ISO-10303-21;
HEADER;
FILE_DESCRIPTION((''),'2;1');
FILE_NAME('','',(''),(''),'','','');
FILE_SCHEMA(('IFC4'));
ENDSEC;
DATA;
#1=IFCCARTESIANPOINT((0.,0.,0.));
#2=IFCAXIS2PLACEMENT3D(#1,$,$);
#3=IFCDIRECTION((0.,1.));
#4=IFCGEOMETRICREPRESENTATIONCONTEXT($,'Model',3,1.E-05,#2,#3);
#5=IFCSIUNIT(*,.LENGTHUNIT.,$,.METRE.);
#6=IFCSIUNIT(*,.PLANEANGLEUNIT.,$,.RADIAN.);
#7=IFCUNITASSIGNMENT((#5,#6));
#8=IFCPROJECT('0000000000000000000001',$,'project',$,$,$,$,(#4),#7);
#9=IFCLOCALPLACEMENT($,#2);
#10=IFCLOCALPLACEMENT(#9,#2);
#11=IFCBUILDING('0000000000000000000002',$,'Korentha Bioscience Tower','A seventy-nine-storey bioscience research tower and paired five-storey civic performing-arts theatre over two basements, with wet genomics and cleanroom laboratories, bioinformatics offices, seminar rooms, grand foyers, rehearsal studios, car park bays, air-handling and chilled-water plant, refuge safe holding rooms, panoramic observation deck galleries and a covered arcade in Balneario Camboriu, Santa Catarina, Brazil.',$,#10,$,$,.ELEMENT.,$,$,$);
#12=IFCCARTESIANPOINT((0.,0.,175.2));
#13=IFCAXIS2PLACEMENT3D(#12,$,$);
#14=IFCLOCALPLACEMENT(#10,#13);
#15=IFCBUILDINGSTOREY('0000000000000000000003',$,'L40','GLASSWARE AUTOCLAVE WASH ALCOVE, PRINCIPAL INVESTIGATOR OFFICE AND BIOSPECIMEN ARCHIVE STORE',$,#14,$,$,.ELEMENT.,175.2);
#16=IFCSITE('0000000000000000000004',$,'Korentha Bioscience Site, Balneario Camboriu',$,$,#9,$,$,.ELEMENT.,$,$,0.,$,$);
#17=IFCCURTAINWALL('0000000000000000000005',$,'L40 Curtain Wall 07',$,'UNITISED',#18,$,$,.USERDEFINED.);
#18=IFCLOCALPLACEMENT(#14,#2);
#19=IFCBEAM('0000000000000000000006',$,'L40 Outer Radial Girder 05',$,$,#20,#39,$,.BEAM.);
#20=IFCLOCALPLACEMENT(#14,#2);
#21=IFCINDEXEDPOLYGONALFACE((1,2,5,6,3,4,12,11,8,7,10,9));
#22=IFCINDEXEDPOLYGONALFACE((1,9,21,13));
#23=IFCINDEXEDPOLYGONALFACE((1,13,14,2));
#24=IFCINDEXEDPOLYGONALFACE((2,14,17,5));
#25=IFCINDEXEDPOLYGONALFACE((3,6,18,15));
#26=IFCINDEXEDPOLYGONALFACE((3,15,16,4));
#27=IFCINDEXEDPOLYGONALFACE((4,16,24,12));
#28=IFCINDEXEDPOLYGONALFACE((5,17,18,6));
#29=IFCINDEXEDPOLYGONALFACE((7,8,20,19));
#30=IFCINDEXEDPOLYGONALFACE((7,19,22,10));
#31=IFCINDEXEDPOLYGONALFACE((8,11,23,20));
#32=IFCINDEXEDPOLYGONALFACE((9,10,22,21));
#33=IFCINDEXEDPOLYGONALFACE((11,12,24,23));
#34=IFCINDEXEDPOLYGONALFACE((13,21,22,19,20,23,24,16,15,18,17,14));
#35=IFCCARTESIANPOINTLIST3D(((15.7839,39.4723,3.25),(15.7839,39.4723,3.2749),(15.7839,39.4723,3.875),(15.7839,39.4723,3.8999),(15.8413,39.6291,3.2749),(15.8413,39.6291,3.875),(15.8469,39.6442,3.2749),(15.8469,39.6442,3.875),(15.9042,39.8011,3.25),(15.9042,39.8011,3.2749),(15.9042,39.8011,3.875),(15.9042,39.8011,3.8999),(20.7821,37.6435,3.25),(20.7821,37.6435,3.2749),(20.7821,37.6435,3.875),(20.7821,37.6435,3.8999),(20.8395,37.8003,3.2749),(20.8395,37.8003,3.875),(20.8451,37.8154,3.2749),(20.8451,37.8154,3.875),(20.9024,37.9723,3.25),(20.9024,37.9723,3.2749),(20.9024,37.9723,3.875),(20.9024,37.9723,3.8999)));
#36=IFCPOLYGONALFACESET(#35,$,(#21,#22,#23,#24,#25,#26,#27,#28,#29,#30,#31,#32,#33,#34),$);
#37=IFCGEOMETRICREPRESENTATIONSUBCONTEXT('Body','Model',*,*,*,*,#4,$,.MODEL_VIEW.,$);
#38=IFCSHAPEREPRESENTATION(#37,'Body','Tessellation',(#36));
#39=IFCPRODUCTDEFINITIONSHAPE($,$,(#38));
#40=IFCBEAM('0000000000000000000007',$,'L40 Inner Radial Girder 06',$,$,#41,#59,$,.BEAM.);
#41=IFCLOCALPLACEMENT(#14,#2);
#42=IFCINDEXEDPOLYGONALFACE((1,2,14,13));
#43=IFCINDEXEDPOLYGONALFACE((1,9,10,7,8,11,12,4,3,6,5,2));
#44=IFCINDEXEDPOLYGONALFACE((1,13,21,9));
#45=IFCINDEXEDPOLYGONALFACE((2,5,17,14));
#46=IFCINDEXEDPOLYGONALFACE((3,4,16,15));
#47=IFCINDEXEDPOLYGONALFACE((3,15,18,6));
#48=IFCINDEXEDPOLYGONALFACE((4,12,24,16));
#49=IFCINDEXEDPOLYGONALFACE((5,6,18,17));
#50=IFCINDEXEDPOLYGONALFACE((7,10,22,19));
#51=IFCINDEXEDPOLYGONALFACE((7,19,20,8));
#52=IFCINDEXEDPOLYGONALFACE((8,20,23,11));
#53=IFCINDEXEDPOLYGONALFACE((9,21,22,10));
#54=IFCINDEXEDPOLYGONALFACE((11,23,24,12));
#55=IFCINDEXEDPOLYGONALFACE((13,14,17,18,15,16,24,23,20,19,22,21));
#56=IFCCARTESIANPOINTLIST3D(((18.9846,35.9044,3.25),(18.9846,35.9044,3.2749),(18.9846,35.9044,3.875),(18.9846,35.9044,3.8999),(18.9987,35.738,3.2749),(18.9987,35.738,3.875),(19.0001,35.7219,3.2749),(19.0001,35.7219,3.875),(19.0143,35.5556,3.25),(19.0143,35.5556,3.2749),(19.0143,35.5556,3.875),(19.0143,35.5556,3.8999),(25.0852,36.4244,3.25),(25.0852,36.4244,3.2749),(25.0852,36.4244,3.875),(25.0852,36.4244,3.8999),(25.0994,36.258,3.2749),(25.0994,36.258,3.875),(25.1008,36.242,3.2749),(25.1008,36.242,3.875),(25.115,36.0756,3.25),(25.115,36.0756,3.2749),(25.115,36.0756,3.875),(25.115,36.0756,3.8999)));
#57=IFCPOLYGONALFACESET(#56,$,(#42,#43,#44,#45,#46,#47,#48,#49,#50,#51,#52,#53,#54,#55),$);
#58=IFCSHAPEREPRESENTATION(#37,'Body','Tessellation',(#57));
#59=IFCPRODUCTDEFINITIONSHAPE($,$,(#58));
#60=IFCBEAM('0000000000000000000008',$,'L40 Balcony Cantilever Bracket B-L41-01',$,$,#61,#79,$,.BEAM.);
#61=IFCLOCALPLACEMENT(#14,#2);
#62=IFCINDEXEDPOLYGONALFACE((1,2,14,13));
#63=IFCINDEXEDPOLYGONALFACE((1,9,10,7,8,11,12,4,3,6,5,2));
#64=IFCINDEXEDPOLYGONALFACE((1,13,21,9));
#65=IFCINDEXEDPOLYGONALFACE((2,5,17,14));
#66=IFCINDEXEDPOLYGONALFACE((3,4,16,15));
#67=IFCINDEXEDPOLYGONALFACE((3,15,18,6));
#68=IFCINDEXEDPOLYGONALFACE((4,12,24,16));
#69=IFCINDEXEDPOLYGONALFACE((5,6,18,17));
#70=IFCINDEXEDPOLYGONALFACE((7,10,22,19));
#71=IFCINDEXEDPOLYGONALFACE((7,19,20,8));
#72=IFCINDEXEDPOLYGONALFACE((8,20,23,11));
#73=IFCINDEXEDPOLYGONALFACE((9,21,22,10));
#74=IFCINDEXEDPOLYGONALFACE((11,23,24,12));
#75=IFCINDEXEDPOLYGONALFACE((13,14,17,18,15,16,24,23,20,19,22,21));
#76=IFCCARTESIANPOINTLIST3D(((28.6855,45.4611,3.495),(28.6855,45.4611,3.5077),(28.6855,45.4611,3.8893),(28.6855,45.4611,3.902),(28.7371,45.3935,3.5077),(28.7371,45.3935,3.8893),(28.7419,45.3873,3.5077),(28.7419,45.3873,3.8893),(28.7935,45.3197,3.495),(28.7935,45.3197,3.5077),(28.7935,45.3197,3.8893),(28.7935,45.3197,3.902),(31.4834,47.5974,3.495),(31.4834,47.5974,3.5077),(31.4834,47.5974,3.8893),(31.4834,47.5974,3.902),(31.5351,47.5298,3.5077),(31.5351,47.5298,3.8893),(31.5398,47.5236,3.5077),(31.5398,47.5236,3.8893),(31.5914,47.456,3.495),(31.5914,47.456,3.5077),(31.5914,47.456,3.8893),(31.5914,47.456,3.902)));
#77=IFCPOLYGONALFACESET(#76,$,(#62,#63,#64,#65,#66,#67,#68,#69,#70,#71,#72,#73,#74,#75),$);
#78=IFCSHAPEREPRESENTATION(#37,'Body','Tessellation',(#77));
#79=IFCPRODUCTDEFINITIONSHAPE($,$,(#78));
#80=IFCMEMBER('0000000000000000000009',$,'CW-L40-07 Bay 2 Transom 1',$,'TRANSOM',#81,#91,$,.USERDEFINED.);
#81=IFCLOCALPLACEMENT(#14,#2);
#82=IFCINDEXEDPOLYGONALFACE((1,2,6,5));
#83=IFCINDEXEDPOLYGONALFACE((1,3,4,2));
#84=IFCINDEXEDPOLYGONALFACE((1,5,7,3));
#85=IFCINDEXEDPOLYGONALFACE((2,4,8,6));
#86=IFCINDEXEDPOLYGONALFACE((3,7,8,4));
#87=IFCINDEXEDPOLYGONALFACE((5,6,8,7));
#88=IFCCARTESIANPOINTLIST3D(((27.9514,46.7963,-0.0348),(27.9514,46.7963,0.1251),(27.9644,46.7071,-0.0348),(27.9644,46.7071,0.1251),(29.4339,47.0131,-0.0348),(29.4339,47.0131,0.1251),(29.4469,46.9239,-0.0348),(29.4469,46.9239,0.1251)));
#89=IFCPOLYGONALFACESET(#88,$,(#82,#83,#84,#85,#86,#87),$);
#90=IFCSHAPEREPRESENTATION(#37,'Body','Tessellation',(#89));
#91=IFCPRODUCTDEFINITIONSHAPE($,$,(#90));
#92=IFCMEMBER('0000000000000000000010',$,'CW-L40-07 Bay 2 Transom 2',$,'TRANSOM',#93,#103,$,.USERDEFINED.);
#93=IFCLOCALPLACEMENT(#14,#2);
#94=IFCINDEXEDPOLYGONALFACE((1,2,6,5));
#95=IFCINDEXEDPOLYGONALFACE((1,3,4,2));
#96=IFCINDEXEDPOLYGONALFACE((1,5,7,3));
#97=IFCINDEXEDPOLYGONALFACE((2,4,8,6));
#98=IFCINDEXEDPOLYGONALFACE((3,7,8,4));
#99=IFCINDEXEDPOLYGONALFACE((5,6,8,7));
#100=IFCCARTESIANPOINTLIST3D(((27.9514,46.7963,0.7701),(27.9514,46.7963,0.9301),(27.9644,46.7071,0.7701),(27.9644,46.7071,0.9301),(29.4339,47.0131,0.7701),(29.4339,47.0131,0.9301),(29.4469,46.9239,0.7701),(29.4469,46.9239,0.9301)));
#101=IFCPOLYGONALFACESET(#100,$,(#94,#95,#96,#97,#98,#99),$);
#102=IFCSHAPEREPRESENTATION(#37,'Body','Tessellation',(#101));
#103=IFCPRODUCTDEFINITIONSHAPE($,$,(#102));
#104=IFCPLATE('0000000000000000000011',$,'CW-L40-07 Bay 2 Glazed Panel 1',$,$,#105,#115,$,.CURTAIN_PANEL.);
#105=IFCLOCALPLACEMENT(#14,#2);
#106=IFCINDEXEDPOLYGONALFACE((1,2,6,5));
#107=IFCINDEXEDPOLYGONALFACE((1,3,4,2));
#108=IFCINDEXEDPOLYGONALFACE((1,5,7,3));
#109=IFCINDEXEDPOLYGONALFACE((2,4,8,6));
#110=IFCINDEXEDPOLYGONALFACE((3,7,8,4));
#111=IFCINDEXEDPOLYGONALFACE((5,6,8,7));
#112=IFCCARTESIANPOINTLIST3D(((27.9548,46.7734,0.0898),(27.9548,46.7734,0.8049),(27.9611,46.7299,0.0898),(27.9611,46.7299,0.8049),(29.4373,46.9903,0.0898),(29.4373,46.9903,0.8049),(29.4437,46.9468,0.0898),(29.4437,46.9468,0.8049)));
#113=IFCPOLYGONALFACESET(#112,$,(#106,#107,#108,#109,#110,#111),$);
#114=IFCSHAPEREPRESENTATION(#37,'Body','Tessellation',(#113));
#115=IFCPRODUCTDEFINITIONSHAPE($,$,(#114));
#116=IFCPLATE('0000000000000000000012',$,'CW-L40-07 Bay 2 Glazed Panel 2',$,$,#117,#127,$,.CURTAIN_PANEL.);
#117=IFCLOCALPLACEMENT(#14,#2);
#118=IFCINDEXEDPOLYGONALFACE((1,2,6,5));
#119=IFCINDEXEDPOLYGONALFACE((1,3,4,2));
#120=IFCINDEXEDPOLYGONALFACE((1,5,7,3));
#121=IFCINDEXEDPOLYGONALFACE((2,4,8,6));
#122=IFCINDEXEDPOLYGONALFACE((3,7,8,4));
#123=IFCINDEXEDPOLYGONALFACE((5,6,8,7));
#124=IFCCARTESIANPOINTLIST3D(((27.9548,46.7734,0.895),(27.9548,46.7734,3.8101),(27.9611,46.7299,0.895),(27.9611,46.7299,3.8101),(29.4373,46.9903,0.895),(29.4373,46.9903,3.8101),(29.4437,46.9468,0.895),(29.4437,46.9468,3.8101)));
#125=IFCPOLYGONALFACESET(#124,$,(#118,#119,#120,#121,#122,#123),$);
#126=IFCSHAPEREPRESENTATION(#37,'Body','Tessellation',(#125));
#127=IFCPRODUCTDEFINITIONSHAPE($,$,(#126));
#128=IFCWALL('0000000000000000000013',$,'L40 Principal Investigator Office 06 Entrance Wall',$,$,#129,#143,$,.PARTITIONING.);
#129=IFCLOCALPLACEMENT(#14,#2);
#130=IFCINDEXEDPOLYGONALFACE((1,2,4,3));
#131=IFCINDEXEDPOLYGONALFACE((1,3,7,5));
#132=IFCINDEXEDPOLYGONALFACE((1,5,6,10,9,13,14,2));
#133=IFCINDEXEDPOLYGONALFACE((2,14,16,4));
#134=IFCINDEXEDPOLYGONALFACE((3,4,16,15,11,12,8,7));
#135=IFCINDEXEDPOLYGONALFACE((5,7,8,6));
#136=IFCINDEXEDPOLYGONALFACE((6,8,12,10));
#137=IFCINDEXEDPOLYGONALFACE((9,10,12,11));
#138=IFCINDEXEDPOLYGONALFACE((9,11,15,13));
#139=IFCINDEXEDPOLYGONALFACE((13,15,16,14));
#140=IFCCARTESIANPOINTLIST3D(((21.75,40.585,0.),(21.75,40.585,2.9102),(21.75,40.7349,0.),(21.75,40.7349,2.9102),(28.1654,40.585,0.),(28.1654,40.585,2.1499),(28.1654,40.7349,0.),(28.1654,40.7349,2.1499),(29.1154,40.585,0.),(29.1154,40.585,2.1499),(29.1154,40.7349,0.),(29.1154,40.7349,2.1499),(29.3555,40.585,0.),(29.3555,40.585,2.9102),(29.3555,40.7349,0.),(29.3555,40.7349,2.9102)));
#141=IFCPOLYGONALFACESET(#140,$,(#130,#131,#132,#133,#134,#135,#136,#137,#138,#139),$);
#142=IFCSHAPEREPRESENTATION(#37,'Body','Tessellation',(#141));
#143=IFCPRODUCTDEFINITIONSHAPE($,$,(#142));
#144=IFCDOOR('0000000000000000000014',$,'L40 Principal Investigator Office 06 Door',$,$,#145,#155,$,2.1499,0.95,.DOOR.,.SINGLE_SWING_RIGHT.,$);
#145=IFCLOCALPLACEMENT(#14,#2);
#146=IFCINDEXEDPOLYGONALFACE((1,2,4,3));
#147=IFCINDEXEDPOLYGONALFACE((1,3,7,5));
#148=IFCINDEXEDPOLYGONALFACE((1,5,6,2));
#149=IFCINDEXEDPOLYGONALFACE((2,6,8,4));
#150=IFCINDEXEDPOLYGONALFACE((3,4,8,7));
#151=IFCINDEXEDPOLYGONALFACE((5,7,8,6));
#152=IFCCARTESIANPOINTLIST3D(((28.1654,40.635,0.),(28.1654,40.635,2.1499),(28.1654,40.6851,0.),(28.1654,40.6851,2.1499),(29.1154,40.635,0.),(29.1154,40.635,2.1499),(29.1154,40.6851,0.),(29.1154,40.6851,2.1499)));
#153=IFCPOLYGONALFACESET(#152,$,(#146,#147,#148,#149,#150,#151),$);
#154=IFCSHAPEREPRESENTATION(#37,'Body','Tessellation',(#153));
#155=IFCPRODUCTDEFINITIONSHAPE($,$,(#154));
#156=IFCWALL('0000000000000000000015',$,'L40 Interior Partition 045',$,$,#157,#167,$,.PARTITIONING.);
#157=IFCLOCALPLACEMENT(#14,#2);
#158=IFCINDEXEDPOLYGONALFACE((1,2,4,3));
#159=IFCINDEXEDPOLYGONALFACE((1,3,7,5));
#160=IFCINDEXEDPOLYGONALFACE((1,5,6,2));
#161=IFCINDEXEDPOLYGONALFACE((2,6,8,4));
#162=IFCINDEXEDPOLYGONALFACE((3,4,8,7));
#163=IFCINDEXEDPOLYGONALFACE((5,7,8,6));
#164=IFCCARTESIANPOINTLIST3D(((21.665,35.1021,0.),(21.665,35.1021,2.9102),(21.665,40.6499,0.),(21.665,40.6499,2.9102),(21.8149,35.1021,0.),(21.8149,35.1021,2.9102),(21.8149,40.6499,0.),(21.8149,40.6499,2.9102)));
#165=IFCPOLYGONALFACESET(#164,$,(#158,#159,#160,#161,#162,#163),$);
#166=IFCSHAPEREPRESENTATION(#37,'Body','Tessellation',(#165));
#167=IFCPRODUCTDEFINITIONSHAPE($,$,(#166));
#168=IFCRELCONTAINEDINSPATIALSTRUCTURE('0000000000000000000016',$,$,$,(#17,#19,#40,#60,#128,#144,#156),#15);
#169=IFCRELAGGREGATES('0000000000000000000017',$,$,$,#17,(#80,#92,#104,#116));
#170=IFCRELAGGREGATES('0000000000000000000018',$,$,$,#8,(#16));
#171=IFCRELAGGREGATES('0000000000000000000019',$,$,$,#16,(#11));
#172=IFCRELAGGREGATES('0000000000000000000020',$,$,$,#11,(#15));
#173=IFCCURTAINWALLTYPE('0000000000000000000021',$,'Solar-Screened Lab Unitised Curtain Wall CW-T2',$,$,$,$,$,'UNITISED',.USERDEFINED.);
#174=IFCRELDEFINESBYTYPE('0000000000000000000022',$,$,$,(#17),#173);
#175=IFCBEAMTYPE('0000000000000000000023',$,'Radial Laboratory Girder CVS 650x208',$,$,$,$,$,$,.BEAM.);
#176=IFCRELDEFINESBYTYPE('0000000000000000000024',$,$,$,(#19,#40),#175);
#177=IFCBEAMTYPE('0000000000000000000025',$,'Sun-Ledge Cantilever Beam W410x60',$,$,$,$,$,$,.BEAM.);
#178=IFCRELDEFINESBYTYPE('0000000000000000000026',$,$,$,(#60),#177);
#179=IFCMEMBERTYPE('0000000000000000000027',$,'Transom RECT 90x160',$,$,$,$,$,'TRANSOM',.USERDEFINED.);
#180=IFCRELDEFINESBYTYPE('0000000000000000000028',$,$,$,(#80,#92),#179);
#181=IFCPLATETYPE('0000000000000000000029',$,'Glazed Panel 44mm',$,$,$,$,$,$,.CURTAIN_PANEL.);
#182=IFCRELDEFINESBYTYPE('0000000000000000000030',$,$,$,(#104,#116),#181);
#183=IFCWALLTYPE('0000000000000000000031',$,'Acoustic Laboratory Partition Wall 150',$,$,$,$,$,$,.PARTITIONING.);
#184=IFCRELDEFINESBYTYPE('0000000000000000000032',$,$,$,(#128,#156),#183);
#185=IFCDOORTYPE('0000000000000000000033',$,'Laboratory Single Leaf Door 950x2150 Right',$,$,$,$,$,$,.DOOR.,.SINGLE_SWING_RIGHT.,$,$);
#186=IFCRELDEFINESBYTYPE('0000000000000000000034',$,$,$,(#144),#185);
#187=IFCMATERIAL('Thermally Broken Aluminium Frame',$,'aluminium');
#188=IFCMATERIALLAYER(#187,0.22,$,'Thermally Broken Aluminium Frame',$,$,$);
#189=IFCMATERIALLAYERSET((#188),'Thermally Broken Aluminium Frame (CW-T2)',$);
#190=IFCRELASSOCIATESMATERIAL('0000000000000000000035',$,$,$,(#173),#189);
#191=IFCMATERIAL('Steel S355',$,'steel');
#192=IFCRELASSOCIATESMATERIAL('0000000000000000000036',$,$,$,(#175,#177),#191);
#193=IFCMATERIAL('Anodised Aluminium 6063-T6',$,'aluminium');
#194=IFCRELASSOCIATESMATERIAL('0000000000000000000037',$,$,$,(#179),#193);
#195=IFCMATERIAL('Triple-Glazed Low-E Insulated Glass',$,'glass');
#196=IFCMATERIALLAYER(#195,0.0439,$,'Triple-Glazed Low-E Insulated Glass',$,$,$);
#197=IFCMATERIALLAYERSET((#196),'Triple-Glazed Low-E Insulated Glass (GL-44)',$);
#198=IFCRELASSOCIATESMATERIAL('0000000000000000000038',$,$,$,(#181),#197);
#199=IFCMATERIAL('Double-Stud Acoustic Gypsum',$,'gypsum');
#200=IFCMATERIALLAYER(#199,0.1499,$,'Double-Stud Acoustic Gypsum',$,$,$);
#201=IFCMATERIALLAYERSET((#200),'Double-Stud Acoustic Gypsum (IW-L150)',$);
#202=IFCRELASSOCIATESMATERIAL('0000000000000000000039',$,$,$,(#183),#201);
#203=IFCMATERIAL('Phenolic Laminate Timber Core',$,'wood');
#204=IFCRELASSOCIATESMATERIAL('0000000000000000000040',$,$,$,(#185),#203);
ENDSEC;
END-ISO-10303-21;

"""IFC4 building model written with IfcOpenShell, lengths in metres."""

from ifc_helpers import new_model, si_unit, direction, frame, frame_2d, origin, origin_2d, place, context, subcontext, project, spatial, rectangle, i_section, extrude, material, layer, layer_set, material_profile, profile_set, type_object, element, fill, aggregate, save


model = new_model("IFC4")

# Units and contexts
model_context = context("Model", 3, precision=1e-05, world=origin(), true_north=direction((0.0, 1.0)))
body_context = subcontext(model_context, "Body", "Model", "MODEL_VIEW")
ifc_project = project(units=[si_unit("LENGTHUNIT", "METRE"), si_unit("PLANEANGLEUNIT", "RADIAN")], contexts=[model_context])

# Site, building, storey
site_placement = place(None, origin())
site = spatial("IfcSite", under=ifc_project, at=site_placement, Name="Korentha Bioscience Site, Balneario Camboriu", CompositionType="ELEMENT", RefElevation=0.0)
building_placement = place(site_placement, origin())
building = spatial("IfcBuilding", under=site, at=building_placement, Name="Korentha Bioscience Tower", Description="A seventy-nine-storey bioscience research tower and paired five-storey civic performing-arts theatre over two basements, with wet genomics and cleanroom laboratories, bioinformatics offices, seminar rooms, grand foyers, rehearsal studios, car park bays, air-handling and chilled-water plant, refuge safe holding rooms, panoramic observation deck galleries and a covered arcade in Balneario Camboriu, Santa Catarina, Brazil.", CompositionType="ELEMENT")
storey_placement = place(building_placement, frame((0.0, 0.0, 175.2)))
storey = spatial("IfcBuildingStorey", under=building, at=storey_placement, Name="L40", Description="GLASSWARE AUTOCLAVE WASH ALCOVE, PRINCIPAL INVESTIGATOR OFFICE AND BIOSPECIMEN ARCHIVE STORE", CompositionType="ELEMENT", Elevation=175.2)

# Shared definitions
ifc_material_1 = material(Name="Steel S355", Category="steel")

# Curtain wall
ifc_material_2 = material(Name="Thermally Broken Aluminium Frame", Category="aluminium")
ifc_layer_1 = layer(ifc_material_2, 0.22, Name="Thermally Broken Aluminium Frame")
ifc_layer_set_1 = layer_set([ifc_layer_1], Name="Thermally Broken Aluminium Frame (CW-T2)")
curtain_wall_type = type_object("IfcCurtainWallType", Name="Solar-Screened Lab Unitised Curtain Wall CW-T2", ElementType="UNITISED", PredefinedType="USERDEFINED", material=ifc_layer_set_1)
curtain_wall_placement = place(storey_placement, origin())
curtain_wall = element("IfcCurtainWall", 1, at=curtain_wall_placement, inside=storey, type_object=curtain_wall_type, Name="L40 Curtain Wall 07", ObjectType="UNITISED", PredefinedType="USERDEFINED")
ifc_material_3 = material(Name="Anodised Aluminium 6063-T6", Category="aluminium")

# Beams
ifc_material_profile_1 = material_profile(ifc_material_1, i_section(OverallWidth=0.3501, OverallDepth=0.6499, WebThickness=0.0161, FlangeThickness=0.0249, at=origin_2d()), Name="Steel S355")
ifc_profile_set_1 = profile_set([ifc_material_profile_1], Name="Steel S355 (RB-650)")
beam_type_1 = type_object("IfcBeamType", Name="Radial Laboratory Girder CVS 650x208", PredefinedType="BEAM", material=ifc_profile_set_1)
beam_1_placement = place(storey_placement, frame((20.8423, 37.8079, 3.575), z_axis=(-0.93911, 0.343617, 0.0), x_axis=(-0.343617, -0.93911, 0.0)))
element("IfcBeam", 2, at=beam_1_placement, inside=storey, type_object=beam_type_1, Name="L40 Outer Radial Girder 05", PredefinedType="BEAM", context=body_context, shape_type="SweptSolid", body=[
    extrude(i_section(OverallWidth=0.3501, OverallDepth=0.6499, WebThickness=0.0161, FlangeThickness=0.0249, at=origin_2d()), origin(), (0.0, 0.0, 1.0), 5.3223),
])
beam_2_placement = place(storey_placement, frame((25.1001, 36.25, 3.575), z_axis=(-0.996387, -0.084933, 0.0), x_axis=(0.084933, -0.996387, 0.0)))
element("IfcBeam", 3, at=beam_2_placement, inside=storey, type_object=beam_type_1, Name="L40 Inner Radial Girder 06", PredefinedType="BEAM", context=body_context, shape_type="SweptSolid", body=[
    extrude(i_section(OverallWidth=0.3501, OverallDepth=0.6499, WebThickness=0.0161, FlangeThickness=0.0249, at=origin_2d()), origin(), (0.0, 0.0, 1.0), 6.1228),
])
ifc_material_profile_2 = material_profile(ifc_material_1, i_section(OverallWidth=0.178, OverallDepth=0.407, WebThickness=0.0078, FlangeThickness=0.0127, at=origin_2d()), Name="Steel S355")
ifc_profile_set_2 = profile_set([ifc_material_profile_2], Name="Steel S355 (CB-410)")
beam_type_2 = type_object("IfcBeamType", Name="Sun-Ledge Cantilever Beam W410x60", PredefinedType="BEAM", material=ifc_profile_set_2)
beam_3_placement = place(storey_placement, frame((28.7395, 45.3904, 3.6985), z_axis=(0.79481, 0.606858, 0.0), x_axis=(-0.606858, 0.79481, 0.0)))
element("IfcBeam", 4, at=beam_3_placement, inside=storey, type_object=beam_type_2, Name="L40 Balcony Cantilever Bracket B-L41-01", PredefinedType="BEAM", context=body_context, shape_type="SweptSolid", body=[
    extrude(i_section(OverallWidth=0.178, OverallDepth=0.407, WebThickness=0.0078, FlangeThickness=0.0127, at=origin_2d()), origin(), (0.0, 0.0, 1.0), 3.5203),
])

# Members
ifc_material_profile_3 = material_profile(ifc_material_3, rectangle(XDim=0.0901, YDim=0.1599, at=origin_2d()), Name="Anodised Aluminium 6063-T6")
ifc_profile_set_3 = profile_set([ifc_material_profile_3], Name="Anodised Aluminium 6063-T6 (CW-TRN)")
member_type_1 = type_object("IfcMemberType", Name="Transom RECT 90x160", ElementType="TRANSOM", PredefinedType="USERDEFINED", material=ifc_profile_set_3)
member_1_placement = place(storey_placement, frame((29.4404, 46.9685, 0.0452), z_axis=(-0.989475, -0.144706, 0.0), x_axis=(0.144706, -0.989475, 0.0)))
member_1 = element("IfcMember", 5, at=member_1_placement, type_object=member_type_1, Name="CW-L40-07 Bay 2 Transom 1", ObjectType="TRANSOM", PredefinedType="USERDEFINED", context=body_context, shape_type="SweptSolid", body=[
    extrude(rectangle(XDim=0.0901, YDim=0.1599, at=origin_2d()), origin(), (0.0, 0.0, 1.0), 1.4983),
])
member_2_placement = place(storey_placement, frame((29.4404, 46.9685, 0.8501), z_axis=(-0.989475, -0.144706, 0.0), x_axis=(0.144706, -0.989475, 0.0)))
member_2 = element("IfcMember", 6, at=member_2_placement, type_object=member_type_1, Name="CW-L40-07 Bay 2 Transom 2", ObjectType="TRANSOM", PredefinedType="USERDEFINED", context=body_context, shape_type="SweptSolid", body=[
    extrude(rectangle(XDim=0.0901, YDim=0.1599, at=origin_2d()), origin(), (0.0, 0.0, 1.0), 1.4983),
])

# Plates
ifc_material_4 = material(Name="Triple-Glazed Low-E Insulated Glass", Category="glass")
ifc_layer_2 = layer(ifc_material_4, 0.0439, Name="Triple-Glazed Low-E Insulated Glass")
ifc_layer_set_2 = layer_set([ifc_layer_2], Name="Triple-Glazed Low-E Insulated Glass (GL-44)")
plate_type = type_object("IfcPlateType", Name="Glazed Panel 44mm", PredefinedType="CURTAIN_PANEL", material=ifc_layer_set_2)
plate_1_placement = place(storey_placement, frame((28.6992, 46.8601, 0.0898), z_axis=(0.0, 0.0, 1.0), x_axis=(-0.989462, -0.144793, 0.0)))
plate_1 = element("IfcPlate", 7, at=plate_1_placement, type_object=plate_type, Name="CW-L40-07 Bay 2 Glazed Panel 1", PredefinedType="CURTAIN_PANEL", context=body_context, shape_type="SweptSolid", body=[
    extrude(rectangle(XDim=1.4983, YDim=0.0439, at=origin_2d()), origin(), (0.0, 0.0, 1.0), 0.7151),
])
plate_2_placement = place(storey_placement, frame((28.6992, 46.8601, 0.895), z_axis=(0.0, 0.0, 1.0), x_axis=(-0.989462, -0.144793, 0.0)))
plate_2 = element("IfcPlate", 8, at=plate_2_placement, type_object=plate_type, Name="CW-L40-07 Bay 2 Glazed Panel 2", PredefinedType="CURTAIN_PANEL", context=body_context, shape_type="SweptSolid", body=[
    extrude(rectangle(XDim=1.4983, YDim=0.0439, at=origin_2d()), origin(), (0.0, 0.0, 1.0), 2.915),
])
aggregate(curtain_wall, [member_1, member_2, plate_1, plate_2])

# Wall, opening, door
ifc_material_5 = material(Name="Double-Stud Acoustic Gypsum", Category="gypsum")
ifc_layer_3 = layer(ifc_material_5, 0.1499, Name="Double-Stud Acoustic Gypsum")
ifc_layer_set_3 = layer_set([ifc_layer_3], Name="Double-Stud Acoustic Gypsum (IW-L150)")
wall_type_1 = type_object("IfcWallType", Name="Acoustic Laboratory Partition Wall 150", PredefinedType="PARTITIONING", material=ifc_layer_set_3)
wall_1_placement = place(storey_placement, frame((29.3555, 40.6599, 0.0), z_axis=(0.0, 0.0, 1.0), x_axis=(-1.0, 0.0, 0.0)))
wall_1 = element("IfcWall", 9, at=wall_1_placement, inside=storey, type_object=wall_type_1, Name="L40 Principal Investigator Office 06 Entrance Wall", PredefinedType="PARTITIONING", context=body_context, shape_type="SweptSolid", body=[
    extrude(rectangle(XDim=7.6055, YDim=0.1499, at=frame_2d((3.8027, 0.0))), origin(), (0.0, 0.0, 1.0), 2.9102),
])
opening_1_placement = place(wall_1_placement, frame((0.24, 0.0, 0.0)))
opening_1 = element("IfcOpeningElement", 10, at=opening_1_placement, cuts=wall_1, PredefinedType="OPENING", context=body_context, shape_type="SweptSolid", body=[
    extrude(rectangle(XDim=0.95, YDim=2.1499, at=frame_2d((0.4751, 1.075))), frame((0.0, 0.0898, 0.0), z_axis=(0.0, -1.0, 0.0), x_axis=(1.0, 0.0, 0.0)), (0.0, 0.0, 1.0), 0.1797),
])
ifc_material_6 = material(Name="Phenolic Laminate Timber Core", Category="wood")
door_type_1 = type_object("IfcDoorType", Name="Laboratory Single Leaf Door 950x2150 Right", OperationType="SINGLE_SWING_RIGHT", PredefinedType="DOOR", material=ifc_material_6)
door_1_placement = place(opening_1_placement, origin())
door_1 = element("IfcDoor", 11, at=door_1_placement, inside=storey, type_object=door_type_1, Name="L40 Principal Investigator Office 06 Door", OperationType="SINGLE_SWING_RIGHT", OverallHeight=2.1499, OverallWidth=0.95, PredefinedType="DOOR", context=body_context, shape_type="SweptSolid", body=[
    extrude(rectangle(XDim=0.95, YDim=2.1499, at=frame_2d((0.4751, 1.075))), frame((0.0, 0.0249, 0.0), z_axis=(0.0, -1.0, 0.0), x_axis=(1.0, 0.0, 0.0)), (0.0, 0.0, 1.0), 0.05),
])
fill(opening_1, door_1)

# Wall
wall_2_placement = place(storey_placement, frame((21.74, 40.6499, 0.0), z_axis=(0.0, 0.0, 1.0), x_axis=(0.0, -1.0, 0.0)))
element("IfcWall", 12, at=wall_2_placement, inside=storey, type_object=wall_type_1, Name="L40 Interior Partition 045", PredefinedType="PARTITIONING", context=body_context, shape_type="SweptSolid", body=[
    extrude(rectangle(XDim=5.5479, YDim=0.1499, at=frame_2d((2.7739, 0.0))), origin(), (0.0, 0.0, 1.0), 2.9102),
])

save(model, "model.ifc")
